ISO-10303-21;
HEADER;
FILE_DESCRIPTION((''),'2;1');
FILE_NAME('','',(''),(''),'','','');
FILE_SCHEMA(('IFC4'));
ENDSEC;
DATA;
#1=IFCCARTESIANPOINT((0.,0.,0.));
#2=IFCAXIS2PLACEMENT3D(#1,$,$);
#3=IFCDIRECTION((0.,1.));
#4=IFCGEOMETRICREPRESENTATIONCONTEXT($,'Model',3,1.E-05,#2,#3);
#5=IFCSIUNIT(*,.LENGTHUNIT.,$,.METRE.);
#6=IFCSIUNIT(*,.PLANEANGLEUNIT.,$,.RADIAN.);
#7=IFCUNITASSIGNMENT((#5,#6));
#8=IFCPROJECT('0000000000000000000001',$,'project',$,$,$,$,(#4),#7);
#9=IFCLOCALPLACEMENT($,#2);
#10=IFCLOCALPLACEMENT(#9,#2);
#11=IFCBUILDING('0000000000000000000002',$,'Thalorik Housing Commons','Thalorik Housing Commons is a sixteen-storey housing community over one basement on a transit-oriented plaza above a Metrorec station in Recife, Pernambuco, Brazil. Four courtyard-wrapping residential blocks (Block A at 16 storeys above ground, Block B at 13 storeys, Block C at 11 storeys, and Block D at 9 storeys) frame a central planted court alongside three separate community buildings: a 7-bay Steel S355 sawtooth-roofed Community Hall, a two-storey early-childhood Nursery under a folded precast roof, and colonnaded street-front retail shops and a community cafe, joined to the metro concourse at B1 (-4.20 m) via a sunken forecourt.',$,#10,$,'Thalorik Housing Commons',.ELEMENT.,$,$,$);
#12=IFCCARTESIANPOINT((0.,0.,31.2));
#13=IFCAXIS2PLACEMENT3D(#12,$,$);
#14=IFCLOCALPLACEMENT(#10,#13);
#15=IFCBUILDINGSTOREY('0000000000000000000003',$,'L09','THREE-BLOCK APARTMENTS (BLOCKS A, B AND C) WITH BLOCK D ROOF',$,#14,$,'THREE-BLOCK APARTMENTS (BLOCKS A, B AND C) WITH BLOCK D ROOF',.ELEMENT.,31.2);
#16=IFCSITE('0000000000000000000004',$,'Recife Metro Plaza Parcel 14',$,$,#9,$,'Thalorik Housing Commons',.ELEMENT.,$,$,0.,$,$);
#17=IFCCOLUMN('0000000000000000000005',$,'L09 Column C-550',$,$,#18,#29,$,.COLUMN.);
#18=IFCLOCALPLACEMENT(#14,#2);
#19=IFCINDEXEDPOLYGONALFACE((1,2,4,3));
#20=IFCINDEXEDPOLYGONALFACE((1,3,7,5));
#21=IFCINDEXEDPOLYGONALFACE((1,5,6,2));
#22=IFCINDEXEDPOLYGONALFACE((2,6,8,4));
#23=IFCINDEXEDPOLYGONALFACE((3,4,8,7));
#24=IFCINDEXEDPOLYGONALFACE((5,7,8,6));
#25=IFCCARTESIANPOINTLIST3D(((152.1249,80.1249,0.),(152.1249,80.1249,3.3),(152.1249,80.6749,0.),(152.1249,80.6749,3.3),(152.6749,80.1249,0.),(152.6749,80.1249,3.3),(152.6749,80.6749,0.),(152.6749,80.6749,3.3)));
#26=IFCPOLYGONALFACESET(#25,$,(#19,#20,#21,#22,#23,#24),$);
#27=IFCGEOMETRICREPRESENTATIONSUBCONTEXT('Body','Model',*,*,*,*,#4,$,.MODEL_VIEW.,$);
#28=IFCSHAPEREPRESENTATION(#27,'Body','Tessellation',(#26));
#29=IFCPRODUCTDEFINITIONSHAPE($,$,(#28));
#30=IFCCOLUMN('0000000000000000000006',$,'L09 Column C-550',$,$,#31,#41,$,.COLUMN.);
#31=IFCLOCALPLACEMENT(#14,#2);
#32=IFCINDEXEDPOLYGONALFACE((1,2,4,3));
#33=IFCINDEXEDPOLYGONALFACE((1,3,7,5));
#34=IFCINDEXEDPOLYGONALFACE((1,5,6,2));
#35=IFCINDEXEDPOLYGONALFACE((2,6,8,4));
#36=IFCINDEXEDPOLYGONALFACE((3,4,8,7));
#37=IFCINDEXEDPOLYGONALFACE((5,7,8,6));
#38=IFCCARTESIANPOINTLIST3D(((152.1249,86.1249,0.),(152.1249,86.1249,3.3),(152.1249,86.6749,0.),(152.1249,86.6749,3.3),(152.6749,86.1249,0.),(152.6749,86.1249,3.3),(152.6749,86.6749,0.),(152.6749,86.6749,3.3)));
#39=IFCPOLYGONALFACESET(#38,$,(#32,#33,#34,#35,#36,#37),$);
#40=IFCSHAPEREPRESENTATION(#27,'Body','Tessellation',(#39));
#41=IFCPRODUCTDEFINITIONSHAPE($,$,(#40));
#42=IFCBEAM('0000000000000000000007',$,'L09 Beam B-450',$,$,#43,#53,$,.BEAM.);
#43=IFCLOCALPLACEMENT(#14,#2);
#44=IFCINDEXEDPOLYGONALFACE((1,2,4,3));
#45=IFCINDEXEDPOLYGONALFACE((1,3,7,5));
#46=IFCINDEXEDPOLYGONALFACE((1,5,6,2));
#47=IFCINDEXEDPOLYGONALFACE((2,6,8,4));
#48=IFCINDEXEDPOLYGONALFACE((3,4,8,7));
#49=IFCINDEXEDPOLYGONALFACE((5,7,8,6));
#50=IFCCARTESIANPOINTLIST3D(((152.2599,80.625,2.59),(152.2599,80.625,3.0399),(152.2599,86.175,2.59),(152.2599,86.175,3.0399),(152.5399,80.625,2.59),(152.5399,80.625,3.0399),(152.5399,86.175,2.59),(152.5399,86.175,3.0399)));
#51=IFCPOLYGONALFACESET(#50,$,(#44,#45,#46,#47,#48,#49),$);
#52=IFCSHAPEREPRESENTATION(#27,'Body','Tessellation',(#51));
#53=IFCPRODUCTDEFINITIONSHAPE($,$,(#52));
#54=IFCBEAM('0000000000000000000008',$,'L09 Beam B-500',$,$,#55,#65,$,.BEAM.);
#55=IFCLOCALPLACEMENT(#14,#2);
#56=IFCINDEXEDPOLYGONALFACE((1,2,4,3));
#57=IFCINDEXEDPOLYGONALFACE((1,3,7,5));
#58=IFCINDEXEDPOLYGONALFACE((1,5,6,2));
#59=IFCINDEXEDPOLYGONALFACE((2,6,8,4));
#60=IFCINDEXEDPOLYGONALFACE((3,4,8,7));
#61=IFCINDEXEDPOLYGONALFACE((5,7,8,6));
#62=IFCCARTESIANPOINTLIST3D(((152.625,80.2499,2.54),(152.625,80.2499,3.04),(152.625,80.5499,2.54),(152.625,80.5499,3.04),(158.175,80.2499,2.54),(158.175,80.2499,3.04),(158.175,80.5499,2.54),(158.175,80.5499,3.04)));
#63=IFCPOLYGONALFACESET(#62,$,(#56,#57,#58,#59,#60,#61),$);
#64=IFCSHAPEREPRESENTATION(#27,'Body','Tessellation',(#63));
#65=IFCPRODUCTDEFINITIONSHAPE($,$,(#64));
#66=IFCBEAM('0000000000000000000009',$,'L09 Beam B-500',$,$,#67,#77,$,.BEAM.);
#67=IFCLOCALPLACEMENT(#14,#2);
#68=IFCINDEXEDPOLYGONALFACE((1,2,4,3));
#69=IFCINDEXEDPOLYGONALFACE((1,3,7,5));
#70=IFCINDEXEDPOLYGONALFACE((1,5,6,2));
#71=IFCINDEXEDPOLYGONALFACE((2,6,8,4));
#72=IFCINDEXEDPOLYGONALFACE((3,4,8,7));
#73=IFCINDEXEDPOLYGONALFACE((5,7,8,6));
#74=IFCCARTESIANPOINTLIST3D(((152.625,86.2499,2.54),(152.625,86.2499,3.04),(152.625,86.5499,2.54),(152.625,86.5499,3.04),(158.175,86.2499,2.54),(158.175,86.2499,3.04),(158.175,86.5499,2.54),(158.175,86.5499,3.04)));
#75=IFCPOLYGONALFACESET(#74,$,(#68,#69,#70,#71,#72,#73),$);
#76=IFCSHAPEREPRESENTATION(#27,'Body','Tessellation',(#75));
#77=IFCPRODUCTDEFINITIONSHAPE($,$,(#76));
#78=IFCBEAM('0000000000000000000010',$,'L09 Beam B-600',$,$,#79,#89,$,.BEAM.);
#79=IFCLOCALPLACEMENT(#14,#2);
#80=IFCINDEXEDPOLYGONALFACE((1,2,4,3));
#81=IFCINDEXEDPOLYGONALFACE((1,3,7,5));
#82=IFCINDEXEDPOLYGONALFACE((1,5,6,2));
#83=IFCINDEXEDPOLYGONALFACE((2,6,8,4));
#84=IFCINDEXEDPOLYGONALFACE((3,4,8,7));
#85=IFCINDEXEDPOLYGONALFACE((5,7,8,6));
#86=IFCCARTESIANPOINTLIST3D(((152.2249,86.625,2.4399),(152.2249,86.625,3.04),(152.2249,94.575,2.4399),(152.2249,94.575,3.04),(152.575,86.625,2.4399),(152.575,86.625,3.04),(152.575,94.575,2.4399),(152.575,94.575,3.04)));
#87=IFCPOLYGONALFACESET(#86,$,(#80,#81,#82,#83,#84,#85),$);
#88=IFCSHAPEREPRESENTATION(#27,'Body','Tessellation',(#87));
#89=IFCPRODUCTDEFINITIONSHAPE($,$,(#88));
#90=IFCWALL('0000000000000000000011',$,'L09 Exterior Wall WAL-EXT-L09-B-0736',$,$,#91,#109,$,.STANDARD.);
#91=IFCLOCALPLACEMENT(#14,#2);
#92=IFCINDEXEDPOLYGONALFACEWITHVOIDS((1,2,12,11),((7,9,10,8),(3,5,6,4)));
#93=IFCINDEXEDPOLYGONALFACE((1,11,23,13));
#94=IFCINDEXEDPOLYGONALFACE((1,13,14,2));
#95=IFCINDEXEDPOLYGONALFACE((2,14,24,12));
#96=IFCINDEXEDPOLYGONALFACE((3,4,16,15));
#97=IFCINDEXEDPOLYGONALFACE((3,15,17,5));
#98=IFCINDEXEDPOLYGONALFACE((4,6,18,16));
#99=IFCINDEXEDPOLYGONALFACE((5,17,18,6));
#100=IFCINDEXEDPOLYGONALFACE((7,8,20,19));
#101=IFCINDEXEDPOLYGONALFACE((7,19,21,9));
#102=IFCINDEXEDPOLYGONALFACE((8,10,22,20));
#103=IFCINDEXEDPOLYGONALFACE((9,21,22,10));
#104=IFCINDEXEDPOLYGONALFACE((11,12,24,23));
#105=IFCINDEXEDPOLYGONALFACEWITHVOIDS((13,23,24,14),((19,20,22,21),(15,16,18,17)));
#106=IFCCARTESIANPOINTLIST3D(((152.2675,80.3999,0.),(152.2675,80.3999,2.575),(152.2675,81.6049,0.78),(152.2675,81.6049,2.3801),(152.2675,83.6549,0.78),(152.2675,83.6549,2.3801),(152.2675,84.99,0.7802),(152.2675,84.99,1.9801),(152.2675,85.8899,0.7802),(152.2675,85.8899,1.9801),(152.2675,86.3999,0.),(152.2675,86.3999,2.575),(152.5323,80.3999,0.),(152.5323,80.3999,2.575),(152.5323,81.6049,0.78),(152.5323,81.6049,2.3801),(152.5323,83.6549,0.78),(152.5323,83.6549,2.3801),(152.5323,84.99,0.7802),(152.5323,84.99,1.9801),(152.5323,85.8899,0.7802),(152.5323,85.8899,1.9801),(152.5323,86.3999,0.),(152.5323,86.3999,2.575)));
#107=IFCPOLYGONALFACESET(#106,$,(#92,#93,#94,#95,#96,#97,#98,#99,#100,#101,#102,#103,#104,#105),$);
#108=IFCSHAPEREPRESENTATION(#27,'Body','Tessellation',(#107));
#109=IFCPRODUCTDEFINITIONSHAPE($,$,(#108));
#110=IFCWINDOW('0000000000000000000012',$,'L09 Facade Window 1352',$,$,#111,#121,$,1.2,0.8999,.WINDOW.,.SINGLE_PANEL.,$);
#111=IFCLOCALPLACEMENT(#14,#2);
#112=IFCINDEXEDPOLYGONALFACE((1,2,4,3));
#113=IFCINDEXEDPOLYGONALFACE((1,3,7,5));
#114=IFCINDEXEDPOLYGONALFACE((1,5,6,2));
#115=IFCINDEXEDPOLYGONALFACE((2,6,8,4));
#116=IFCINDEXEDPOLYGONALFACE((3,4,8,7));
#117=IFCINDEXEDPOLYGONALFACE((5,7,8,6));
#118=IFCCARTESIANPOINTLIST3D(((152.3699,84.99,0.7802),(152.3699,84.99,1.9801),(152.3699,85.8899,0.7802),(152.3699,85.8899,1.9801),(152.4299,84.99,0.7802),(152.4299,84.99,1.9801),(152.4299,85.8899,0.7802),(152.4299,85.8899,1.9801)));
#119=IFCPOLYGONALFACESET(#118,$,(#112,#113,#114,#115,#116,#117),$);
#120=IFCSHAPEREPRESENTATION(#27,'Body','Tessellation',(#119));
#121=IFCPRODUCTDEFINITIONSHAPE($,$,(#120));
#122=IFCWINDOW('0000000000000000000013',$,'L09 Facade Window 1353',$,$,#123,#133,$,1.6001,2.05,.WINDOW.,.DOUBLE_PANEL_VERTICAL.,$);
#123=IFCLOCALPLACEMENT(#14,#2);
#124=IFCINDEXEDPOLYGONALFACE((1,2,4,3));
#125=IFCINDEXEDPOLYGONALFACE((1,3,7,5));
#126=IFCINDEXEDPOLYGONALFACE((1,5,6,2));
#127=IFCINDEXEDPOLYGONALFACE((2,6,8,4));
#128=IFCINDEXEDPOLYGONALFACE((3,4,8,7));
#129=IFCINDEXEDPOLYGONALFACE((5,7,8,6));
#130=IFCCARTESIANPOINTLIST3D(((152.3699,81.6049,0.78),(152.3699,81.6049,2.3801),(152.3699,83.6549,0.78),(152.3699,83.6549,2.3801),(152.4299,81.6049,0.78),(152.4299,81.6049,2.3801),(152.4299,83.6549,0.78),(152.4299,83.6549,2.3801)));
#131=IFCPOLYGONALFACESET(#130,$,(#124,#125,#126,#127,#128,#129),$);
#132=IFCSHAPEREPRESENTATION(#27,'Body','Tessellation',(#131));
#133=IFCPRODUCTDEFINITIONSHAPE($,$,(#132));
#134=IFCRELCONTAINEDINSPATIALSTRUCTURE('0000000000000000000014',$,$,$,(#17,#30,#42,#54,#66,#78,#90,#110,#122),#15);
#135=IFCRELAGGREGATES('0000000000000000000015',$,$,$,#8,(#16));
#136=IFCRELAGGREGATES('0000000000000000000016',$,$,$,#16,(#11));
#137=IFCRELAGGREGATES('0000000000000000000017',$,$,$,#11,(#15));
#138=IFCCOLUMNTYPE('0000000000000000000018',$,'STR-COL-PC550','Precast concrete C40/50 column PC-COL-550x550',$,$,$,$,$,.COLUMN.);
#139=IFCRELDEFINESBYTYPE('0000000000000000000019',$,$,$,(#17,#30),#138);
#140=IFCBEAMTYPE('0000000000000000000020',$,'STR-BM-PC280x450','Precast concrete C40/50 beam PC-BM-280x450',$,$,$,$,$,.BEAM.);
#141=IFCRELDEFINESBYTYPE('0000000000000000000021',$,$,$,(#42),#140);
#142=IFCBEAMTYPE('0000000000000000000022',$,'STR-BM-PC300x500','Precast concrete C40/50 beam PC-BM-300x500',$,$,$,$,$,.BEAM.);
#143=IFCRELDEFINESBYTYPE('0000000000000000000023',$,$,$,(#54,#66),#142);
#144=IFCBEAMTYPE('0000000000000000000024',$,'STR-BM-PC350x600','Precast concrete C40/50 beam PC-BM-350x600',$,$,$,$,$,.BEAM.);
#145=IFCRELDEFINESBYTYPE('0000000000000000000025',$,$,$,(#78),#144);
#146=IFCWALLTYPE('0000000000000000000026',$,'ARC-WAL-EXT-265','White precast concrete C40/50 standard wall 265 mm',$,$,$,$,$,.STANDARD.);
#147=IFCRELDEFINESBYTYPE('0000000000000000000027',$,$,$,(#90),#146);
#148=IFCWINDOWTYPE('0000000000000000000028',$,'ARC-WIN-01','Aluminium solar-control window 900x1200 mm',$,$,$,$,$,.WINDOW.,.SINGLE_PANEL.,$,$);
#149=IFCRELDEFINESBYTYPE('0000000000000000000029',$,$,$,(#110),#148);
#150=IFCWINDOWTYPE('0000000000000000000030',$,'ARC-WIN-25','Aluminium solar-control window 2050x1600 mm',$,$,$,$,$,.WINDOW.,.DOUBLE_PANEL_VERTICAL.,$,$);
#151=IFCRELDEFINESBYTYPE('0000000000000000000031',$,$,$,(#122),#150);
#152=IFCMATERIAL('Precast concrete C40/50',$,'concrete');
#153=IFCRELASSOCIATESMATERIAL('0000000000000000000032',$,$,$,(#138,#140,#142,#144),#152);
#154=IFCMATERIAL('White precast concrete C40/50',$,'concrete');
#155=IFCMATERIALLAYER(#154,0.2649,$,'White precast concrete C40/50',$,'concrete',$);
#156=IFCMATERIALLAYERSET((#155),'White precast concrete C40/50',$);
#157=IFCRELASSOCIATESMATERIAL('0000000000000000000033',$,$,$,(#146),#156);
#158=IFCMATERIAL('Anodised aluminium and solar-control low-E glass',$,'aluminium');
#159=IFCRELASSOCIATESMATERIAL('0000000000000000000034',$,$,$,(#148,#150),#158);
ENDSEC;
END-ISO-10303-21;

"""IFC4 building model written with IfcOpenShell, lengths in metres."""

from ifc_helpers import new_model, si_unit, direction, frame, frame_2d, origin, origin_2d, place, context, subcontext, project, spatial, rectangle, extrude, material, layer, layer_set, material_profile, profile_set, type_object, element, fill, save


model = new_model("IFC4")

# Units and contexts
model_context = context("Model", 3, precision=1e-05, world=origin(), true_north=direction((0.0, 1.0)))
body_context = subcontext(model_context, "Body", "Model", "MODEL_VIEW")
ifc_project = project(units=[si_unit("LENGTHUNIT", "METRE"), si_unit("PLANEANGLEUNIT", "RADIAN")], contexts=[model_context])

# Site, building, storey
site_placement = place(None, origin())
site = spatial("IfcSite", under=ifc_project, at=site_placement, Name="Recife Metro Plaza Parcel 14", LongName="Thalorik Housing Commons", CompositionType="ELEMENT", RefElevation=0.0)
building_placement = place(site_placement, origin())
building = spatial("IfcBuilding", under=site, at=building_placement, Name="Thalorik Housing Commons", Description="Thalorik Housing Commons is a sixteen-storey housing community over one basement on a transit-oriented plaza above a Metrorec station in Recife, Pernambuco, Brazil. Four courtyard-wrapping residential blocks (Block A at 16 storeys above ground, Block B at 13 storeys, Block C at 11 storeys, and Block D at 9 storeys) frame a central planted court alongside three separate community buildings: a 7-bay Steel S355 sawtooth-roofed Community Hall, a two-storey early-childhood Nursery under a folded precast roof, and colonnaded street-front retail shops and a community cafe, joined to the metro concourse at B1 (-4.20 m) via a sunken forecourt.", LongName="Thalorik Housing Commons", CompositionType="ELEMENT")
storey_placement = place(building_placement, frame((0.0, 0.0, 31.2)))
storey = spatial("IfcBuildingStorey", under=building, at=storey_placement, Name="L09", Description="THREE-BLOCK APARTMENTS (BLOCKS A, B AND C) WITH BLOCK D ROOF", LongName="THREE-BLOCK APARTMENTS (BLOCKS A, B AND C) WITH BLOCK D ROOF", CompositionType="ELEMENT", Elevation=31.2)

# Columns
ifc_material_1 = material(Name="Precast concrete C40/50", Category="concrete")
ifc_material_profile_1 = material_profile(ifc_material_1, rectangle(XDim=0.55, YDim=0.55, at=origin_2d()), Name="PC 550x550", Category="concrete")
ifc_profile_set_1 = profile_set([ifc_material_profile_1], Name="Precast concrete C40/50")
column_type = type_object("IfcColumnType", Name="STR-COL-PC550", Description="Precast concrete C40/50 column PC-COL-550x550", PredefinedType="COLUMN", material=ifc_profile_set_1)
for number, where, z_axis, x_axis, name in (
    (1, (152.3999, 80.3999, 0.0), (0.0, 0.0, 1.0), (1.0, 0.0, 0.0), "L09 Column C-550"),
    (2, (152.3999, 86.3999, 0.0), (0.0, 0.0, 1.0), (1.0, 0.0, 0.0), "L09 Column C-550"),
):
    element("IfcColumn", number, at=place(storey_placement, frame(where, z_axis=z_axis, x_axis=x_axis)), inside=storey, type_object=column_type, Name=name, PredefinedType="COLUMN", context=body_context, shape_type="SweptSolid", body=[
        extrude(rectangle(XDim=0.55, YDim=0.55, at=origin_2d()), origin(), (0.0, 0.0, 1.0), 3.3),
    ])

# Beams
ifc_material_profile_2 = material_profile(ifc_material_1, rectangle(XDim=0.28, YDim=0.45, at=origin_2d()), Name="PC 280x450", Category="concrete")
ifc_profile_set_2 = profile_set([ifc_material_profile_2], Name="Precast concrete C40/50")
beam_type_1 = type_object("IfcBeamType", Name="STR-BM-PC280x450", Description="Precast concrete C40/50 beam PC-BM-280x450", PredefinedType="BEAM", material=ifc_profile_set_2)
beam_1_placement = place(storey_placement, frame((152.3999, 80.625, 2.8149), z_axis=(0.0, 1.0, 0.0), x_axis=(-1.0, 0.0, 0.0)))
element("IfcBeam", 3, at=beam_1_placement, inside=storey, type_object=beam_type_1, Name="L09 Beam B-450", PredefinedType="BEAM", context=body_context, shape_type="SweptSolid", body=[
    extrude(rectangle(XDim=0.28, YDim=0.45, at=origin_2d()), origin(), (0.0, 0.0, 1.0), 5.55),
])
ifc_material_profile_3 = material_profile(ifc_material_1, rectangle(XDim=0.3, YDim=0.5, at=origin_2d()), Name="PC 300x500", Category="concrete")
ifc_profile_set_3 = profile_set([ifc_material_profile_3], Name="Precast concrete C40/50")
beam_type_2 = type_object("IfcBeamType", Name="STR-BM-PC300x500", Description="Precast concrete C40/50 beam PC-BM-300x500", PredefinedType="BEAM", material=ifc_profile_set_3)
for number, where, z_axis, x_axis, name in (
    (4, (152.625, 80.3999, 2.79), (1.0, 0.0, 0.0), (0.0, 1.0, 0.0), "L09 Beam B-500"),
    (5, (152.625, 86.3999, 2.79), (1.0, 0.0, 0.0), (0.0, 1.0, 0.0), "L09 Beam B-500"),
):
    element("IfcBeam", number, at=place(storey_placement, frame(where, z_axis=z_axis, x_axis=x_axis)), inside=storey, type_object=beam_type_2, Name=name, PredefinedType="BEAM", context=body_context, shape_type="SweptSolid", body=[
        extrude(rectangle(XDim=0.3, YDim=0.5, at=origin_2d()), origin(), (0.0, 0.0, 1.0), 5.55),
    ])
ifc_material_profile_4 = material_profile(ifc_material_1, rectangle(XDim=0.3501, YDim=0.6001, at=origin_2d()), Name="PC 350x600", Category="concrete")
ifc_profile_set_4 = profile_set([ifc_material_profile_4], Name="Precast concrete C40/50")
beam_type_3 = type_object("IfcBeamType", Name="STR-BM-PC350x600", Description="Precast concrete C40/50 beam PC-BM-350x600", PredefinedType="BEAM", material=ifc_profile_set_4)
beam_2_placement = place(storey_placement, frame((152.3999, 86.625, 2.74), z_axis=(0.0, 1.0, 0.0), x_axis=(-1.0, 0.0, 0.0)))
element("IfcBeam", 6, at=beam_2_placement, inside=storey, type_object=beam_type_3, Name="L09 Beam B-600", PredefinedType="BEAM", context=body_context, shape_type="SweptSolid", body=[
    extrude(rectangle(XDim=0.3501, YDim=0.6001, at=origin_2d()), origin(), (0.0, 0.0, 1.0), 7.95),
])

# Wall, openings, windows
ifc_material_2 = material(Name="White precast concrete C40/50", Category="concrete")
ifc_layer_1 = layer(ifc_material_2, 0.2649, Name="White precast concrete C40/50", Category="concrete")
ifc_layer_set_1 = layer_set([ifc_layer_1], Name="White precast concrete C40/50")
wall_type_1 = type_object("IfcWallType", Name="ARC-WAL-EXT-265", Description="White precast concrete C40/50 standard wall 265 mm", PredefinedType="STANDARD", material=ifc_layer_set_1)
wall_1_placement = place(storey_placement, frame((152.3999, 86.3999, 0.0), z_axis=(0.0, 0.0, 1.0), x_axis=(0.0, -1.0, 0.0)))
wall_1 = element("IfcWall", 7, at=wall_1_placement, inside=storey, type_object=wall_type_1, Name="L09 Exterior Wall WAL-EXT-L09-B-0736", PredefinedType="STANDARD", context=body_context, shape_type="SweptSolid", body=[
    extrude(rectangle(XDim=6.0, YDim=0.2649, at=frame_2d((3.0, 0.0))), origin(), (0.0, 0.0, 1.0), 2.575),
])
opening_1_placement = place(wall_1_placement, frame((0.51, 0.0, 0.78)))
opening_1 = element("IfcOpeningElement", 8, at=opening_1_placement, cuts=wall_1, PredefinedType="OPENING", context=body_context, shape_type="SweptSolid", body=[
    extrude(rectangle(XDim=0.8999, YDim=1.2, at=frame_2d((0.45, 0.6001))), frame((0.0, 0.1426, 0.0), z_axis=(0.0, -1.0, 0.0), x_axis=(1.0, 0.0, 0.0)), (0.0, 0.0, 1.0), 0.2849),
])
opening_2_placement = place(wall_1_placement, frame((2.7451, 0.0, 0.78)))
opening_2 = element("IfcOpeningElement", 9, at=opening_2_placement, cuts=wall_1, PredefinedType="OPENING", context=body_context, shape_type="SweptSolid", body=[
    extrude(rectangle(XDim=2.05, YDim=1.6001, at=frame_2d((1.0249, 0.8))), frame((0.0, 0.1426, 0.0), z_axis=(0.0, -1.0, 0.0), x_axis=(1.0, 0.0, 0.0)), (0.0, 0.0, 1.0), 0.2849),
])
ifc_material_3 = material(Name="Anodised aluminium and solar-control low-E glass", Category="aluminium")
window_type_1 = type_object("IfcWindowType", Name="ARC-WIN-01", Description="Aluminium solar-control window 900x1200 mm", PartitioningType="SINGLE_PANEL", PredefinedType="WINDOW", material=ifc_material_3)
window_1_placement = place(opening_1_placement, origin())
window_1 = element("IfcWindow", 10, at=window_1_placement, inside=storey, type_object=window_type_1, Name="L09 Facade Window 1352", OverallHeight=1.2, OverallWidth=0.8999, PartitioningType="SINGLE_PANEL", PredefinedType="WINDOW", context=body_context, shape_type="SweptSolid", body=[
    extrude(rectangle(XDim=0.8999, YDim=1.2, at=frame_2d((0.45, 0.6001))), frame((0.0, 0.03, 0.0), z_axis=(0.0, -1.0, 0.0), x_axis=(1.0, 0.0, 0.0)), (0.0, 0.0, 1.0), 0.0601),
])
fill(opening_1, window_1)
window_type_2 = type_object("IfcWindowType", Name="ARC-WIN-25", Description="Aluminium solar-control window 2050x1600 mm", PartitioningType="DOUBLE_PANEL_VERTICAL", PredefinedType="WINDOW", material=ifc_material_3)
window_2_placement = place(opening_2_placement, origin())
window_2 = element("IfcWindow", 11, at=window_2_placement, inside=storey, type_object=window_type_2, Name="L09 Facade Window 1353", OverallHeight=1.6001, OverallWidth=2.05, PartitioningType="DOUBLE_PANEL_VERTICAL", PredefinedType="WINDOW", context=body_context, shape_type="SweptSolid", body=[
    extrude(rectangle(XDim=2.05, YDim=1.6001, at=frame_2d((1.0249, 0.8))), frame((0.0, 0.03, 0.0), z_axis=(0.0, -1.0, 0.0), x_axis=(1.0, 0.0, 0.0)), (0.0, 0.0, 1.0), 0.0601),
])
fill(opening_2, window_2)

save(model, "model.ifc")
